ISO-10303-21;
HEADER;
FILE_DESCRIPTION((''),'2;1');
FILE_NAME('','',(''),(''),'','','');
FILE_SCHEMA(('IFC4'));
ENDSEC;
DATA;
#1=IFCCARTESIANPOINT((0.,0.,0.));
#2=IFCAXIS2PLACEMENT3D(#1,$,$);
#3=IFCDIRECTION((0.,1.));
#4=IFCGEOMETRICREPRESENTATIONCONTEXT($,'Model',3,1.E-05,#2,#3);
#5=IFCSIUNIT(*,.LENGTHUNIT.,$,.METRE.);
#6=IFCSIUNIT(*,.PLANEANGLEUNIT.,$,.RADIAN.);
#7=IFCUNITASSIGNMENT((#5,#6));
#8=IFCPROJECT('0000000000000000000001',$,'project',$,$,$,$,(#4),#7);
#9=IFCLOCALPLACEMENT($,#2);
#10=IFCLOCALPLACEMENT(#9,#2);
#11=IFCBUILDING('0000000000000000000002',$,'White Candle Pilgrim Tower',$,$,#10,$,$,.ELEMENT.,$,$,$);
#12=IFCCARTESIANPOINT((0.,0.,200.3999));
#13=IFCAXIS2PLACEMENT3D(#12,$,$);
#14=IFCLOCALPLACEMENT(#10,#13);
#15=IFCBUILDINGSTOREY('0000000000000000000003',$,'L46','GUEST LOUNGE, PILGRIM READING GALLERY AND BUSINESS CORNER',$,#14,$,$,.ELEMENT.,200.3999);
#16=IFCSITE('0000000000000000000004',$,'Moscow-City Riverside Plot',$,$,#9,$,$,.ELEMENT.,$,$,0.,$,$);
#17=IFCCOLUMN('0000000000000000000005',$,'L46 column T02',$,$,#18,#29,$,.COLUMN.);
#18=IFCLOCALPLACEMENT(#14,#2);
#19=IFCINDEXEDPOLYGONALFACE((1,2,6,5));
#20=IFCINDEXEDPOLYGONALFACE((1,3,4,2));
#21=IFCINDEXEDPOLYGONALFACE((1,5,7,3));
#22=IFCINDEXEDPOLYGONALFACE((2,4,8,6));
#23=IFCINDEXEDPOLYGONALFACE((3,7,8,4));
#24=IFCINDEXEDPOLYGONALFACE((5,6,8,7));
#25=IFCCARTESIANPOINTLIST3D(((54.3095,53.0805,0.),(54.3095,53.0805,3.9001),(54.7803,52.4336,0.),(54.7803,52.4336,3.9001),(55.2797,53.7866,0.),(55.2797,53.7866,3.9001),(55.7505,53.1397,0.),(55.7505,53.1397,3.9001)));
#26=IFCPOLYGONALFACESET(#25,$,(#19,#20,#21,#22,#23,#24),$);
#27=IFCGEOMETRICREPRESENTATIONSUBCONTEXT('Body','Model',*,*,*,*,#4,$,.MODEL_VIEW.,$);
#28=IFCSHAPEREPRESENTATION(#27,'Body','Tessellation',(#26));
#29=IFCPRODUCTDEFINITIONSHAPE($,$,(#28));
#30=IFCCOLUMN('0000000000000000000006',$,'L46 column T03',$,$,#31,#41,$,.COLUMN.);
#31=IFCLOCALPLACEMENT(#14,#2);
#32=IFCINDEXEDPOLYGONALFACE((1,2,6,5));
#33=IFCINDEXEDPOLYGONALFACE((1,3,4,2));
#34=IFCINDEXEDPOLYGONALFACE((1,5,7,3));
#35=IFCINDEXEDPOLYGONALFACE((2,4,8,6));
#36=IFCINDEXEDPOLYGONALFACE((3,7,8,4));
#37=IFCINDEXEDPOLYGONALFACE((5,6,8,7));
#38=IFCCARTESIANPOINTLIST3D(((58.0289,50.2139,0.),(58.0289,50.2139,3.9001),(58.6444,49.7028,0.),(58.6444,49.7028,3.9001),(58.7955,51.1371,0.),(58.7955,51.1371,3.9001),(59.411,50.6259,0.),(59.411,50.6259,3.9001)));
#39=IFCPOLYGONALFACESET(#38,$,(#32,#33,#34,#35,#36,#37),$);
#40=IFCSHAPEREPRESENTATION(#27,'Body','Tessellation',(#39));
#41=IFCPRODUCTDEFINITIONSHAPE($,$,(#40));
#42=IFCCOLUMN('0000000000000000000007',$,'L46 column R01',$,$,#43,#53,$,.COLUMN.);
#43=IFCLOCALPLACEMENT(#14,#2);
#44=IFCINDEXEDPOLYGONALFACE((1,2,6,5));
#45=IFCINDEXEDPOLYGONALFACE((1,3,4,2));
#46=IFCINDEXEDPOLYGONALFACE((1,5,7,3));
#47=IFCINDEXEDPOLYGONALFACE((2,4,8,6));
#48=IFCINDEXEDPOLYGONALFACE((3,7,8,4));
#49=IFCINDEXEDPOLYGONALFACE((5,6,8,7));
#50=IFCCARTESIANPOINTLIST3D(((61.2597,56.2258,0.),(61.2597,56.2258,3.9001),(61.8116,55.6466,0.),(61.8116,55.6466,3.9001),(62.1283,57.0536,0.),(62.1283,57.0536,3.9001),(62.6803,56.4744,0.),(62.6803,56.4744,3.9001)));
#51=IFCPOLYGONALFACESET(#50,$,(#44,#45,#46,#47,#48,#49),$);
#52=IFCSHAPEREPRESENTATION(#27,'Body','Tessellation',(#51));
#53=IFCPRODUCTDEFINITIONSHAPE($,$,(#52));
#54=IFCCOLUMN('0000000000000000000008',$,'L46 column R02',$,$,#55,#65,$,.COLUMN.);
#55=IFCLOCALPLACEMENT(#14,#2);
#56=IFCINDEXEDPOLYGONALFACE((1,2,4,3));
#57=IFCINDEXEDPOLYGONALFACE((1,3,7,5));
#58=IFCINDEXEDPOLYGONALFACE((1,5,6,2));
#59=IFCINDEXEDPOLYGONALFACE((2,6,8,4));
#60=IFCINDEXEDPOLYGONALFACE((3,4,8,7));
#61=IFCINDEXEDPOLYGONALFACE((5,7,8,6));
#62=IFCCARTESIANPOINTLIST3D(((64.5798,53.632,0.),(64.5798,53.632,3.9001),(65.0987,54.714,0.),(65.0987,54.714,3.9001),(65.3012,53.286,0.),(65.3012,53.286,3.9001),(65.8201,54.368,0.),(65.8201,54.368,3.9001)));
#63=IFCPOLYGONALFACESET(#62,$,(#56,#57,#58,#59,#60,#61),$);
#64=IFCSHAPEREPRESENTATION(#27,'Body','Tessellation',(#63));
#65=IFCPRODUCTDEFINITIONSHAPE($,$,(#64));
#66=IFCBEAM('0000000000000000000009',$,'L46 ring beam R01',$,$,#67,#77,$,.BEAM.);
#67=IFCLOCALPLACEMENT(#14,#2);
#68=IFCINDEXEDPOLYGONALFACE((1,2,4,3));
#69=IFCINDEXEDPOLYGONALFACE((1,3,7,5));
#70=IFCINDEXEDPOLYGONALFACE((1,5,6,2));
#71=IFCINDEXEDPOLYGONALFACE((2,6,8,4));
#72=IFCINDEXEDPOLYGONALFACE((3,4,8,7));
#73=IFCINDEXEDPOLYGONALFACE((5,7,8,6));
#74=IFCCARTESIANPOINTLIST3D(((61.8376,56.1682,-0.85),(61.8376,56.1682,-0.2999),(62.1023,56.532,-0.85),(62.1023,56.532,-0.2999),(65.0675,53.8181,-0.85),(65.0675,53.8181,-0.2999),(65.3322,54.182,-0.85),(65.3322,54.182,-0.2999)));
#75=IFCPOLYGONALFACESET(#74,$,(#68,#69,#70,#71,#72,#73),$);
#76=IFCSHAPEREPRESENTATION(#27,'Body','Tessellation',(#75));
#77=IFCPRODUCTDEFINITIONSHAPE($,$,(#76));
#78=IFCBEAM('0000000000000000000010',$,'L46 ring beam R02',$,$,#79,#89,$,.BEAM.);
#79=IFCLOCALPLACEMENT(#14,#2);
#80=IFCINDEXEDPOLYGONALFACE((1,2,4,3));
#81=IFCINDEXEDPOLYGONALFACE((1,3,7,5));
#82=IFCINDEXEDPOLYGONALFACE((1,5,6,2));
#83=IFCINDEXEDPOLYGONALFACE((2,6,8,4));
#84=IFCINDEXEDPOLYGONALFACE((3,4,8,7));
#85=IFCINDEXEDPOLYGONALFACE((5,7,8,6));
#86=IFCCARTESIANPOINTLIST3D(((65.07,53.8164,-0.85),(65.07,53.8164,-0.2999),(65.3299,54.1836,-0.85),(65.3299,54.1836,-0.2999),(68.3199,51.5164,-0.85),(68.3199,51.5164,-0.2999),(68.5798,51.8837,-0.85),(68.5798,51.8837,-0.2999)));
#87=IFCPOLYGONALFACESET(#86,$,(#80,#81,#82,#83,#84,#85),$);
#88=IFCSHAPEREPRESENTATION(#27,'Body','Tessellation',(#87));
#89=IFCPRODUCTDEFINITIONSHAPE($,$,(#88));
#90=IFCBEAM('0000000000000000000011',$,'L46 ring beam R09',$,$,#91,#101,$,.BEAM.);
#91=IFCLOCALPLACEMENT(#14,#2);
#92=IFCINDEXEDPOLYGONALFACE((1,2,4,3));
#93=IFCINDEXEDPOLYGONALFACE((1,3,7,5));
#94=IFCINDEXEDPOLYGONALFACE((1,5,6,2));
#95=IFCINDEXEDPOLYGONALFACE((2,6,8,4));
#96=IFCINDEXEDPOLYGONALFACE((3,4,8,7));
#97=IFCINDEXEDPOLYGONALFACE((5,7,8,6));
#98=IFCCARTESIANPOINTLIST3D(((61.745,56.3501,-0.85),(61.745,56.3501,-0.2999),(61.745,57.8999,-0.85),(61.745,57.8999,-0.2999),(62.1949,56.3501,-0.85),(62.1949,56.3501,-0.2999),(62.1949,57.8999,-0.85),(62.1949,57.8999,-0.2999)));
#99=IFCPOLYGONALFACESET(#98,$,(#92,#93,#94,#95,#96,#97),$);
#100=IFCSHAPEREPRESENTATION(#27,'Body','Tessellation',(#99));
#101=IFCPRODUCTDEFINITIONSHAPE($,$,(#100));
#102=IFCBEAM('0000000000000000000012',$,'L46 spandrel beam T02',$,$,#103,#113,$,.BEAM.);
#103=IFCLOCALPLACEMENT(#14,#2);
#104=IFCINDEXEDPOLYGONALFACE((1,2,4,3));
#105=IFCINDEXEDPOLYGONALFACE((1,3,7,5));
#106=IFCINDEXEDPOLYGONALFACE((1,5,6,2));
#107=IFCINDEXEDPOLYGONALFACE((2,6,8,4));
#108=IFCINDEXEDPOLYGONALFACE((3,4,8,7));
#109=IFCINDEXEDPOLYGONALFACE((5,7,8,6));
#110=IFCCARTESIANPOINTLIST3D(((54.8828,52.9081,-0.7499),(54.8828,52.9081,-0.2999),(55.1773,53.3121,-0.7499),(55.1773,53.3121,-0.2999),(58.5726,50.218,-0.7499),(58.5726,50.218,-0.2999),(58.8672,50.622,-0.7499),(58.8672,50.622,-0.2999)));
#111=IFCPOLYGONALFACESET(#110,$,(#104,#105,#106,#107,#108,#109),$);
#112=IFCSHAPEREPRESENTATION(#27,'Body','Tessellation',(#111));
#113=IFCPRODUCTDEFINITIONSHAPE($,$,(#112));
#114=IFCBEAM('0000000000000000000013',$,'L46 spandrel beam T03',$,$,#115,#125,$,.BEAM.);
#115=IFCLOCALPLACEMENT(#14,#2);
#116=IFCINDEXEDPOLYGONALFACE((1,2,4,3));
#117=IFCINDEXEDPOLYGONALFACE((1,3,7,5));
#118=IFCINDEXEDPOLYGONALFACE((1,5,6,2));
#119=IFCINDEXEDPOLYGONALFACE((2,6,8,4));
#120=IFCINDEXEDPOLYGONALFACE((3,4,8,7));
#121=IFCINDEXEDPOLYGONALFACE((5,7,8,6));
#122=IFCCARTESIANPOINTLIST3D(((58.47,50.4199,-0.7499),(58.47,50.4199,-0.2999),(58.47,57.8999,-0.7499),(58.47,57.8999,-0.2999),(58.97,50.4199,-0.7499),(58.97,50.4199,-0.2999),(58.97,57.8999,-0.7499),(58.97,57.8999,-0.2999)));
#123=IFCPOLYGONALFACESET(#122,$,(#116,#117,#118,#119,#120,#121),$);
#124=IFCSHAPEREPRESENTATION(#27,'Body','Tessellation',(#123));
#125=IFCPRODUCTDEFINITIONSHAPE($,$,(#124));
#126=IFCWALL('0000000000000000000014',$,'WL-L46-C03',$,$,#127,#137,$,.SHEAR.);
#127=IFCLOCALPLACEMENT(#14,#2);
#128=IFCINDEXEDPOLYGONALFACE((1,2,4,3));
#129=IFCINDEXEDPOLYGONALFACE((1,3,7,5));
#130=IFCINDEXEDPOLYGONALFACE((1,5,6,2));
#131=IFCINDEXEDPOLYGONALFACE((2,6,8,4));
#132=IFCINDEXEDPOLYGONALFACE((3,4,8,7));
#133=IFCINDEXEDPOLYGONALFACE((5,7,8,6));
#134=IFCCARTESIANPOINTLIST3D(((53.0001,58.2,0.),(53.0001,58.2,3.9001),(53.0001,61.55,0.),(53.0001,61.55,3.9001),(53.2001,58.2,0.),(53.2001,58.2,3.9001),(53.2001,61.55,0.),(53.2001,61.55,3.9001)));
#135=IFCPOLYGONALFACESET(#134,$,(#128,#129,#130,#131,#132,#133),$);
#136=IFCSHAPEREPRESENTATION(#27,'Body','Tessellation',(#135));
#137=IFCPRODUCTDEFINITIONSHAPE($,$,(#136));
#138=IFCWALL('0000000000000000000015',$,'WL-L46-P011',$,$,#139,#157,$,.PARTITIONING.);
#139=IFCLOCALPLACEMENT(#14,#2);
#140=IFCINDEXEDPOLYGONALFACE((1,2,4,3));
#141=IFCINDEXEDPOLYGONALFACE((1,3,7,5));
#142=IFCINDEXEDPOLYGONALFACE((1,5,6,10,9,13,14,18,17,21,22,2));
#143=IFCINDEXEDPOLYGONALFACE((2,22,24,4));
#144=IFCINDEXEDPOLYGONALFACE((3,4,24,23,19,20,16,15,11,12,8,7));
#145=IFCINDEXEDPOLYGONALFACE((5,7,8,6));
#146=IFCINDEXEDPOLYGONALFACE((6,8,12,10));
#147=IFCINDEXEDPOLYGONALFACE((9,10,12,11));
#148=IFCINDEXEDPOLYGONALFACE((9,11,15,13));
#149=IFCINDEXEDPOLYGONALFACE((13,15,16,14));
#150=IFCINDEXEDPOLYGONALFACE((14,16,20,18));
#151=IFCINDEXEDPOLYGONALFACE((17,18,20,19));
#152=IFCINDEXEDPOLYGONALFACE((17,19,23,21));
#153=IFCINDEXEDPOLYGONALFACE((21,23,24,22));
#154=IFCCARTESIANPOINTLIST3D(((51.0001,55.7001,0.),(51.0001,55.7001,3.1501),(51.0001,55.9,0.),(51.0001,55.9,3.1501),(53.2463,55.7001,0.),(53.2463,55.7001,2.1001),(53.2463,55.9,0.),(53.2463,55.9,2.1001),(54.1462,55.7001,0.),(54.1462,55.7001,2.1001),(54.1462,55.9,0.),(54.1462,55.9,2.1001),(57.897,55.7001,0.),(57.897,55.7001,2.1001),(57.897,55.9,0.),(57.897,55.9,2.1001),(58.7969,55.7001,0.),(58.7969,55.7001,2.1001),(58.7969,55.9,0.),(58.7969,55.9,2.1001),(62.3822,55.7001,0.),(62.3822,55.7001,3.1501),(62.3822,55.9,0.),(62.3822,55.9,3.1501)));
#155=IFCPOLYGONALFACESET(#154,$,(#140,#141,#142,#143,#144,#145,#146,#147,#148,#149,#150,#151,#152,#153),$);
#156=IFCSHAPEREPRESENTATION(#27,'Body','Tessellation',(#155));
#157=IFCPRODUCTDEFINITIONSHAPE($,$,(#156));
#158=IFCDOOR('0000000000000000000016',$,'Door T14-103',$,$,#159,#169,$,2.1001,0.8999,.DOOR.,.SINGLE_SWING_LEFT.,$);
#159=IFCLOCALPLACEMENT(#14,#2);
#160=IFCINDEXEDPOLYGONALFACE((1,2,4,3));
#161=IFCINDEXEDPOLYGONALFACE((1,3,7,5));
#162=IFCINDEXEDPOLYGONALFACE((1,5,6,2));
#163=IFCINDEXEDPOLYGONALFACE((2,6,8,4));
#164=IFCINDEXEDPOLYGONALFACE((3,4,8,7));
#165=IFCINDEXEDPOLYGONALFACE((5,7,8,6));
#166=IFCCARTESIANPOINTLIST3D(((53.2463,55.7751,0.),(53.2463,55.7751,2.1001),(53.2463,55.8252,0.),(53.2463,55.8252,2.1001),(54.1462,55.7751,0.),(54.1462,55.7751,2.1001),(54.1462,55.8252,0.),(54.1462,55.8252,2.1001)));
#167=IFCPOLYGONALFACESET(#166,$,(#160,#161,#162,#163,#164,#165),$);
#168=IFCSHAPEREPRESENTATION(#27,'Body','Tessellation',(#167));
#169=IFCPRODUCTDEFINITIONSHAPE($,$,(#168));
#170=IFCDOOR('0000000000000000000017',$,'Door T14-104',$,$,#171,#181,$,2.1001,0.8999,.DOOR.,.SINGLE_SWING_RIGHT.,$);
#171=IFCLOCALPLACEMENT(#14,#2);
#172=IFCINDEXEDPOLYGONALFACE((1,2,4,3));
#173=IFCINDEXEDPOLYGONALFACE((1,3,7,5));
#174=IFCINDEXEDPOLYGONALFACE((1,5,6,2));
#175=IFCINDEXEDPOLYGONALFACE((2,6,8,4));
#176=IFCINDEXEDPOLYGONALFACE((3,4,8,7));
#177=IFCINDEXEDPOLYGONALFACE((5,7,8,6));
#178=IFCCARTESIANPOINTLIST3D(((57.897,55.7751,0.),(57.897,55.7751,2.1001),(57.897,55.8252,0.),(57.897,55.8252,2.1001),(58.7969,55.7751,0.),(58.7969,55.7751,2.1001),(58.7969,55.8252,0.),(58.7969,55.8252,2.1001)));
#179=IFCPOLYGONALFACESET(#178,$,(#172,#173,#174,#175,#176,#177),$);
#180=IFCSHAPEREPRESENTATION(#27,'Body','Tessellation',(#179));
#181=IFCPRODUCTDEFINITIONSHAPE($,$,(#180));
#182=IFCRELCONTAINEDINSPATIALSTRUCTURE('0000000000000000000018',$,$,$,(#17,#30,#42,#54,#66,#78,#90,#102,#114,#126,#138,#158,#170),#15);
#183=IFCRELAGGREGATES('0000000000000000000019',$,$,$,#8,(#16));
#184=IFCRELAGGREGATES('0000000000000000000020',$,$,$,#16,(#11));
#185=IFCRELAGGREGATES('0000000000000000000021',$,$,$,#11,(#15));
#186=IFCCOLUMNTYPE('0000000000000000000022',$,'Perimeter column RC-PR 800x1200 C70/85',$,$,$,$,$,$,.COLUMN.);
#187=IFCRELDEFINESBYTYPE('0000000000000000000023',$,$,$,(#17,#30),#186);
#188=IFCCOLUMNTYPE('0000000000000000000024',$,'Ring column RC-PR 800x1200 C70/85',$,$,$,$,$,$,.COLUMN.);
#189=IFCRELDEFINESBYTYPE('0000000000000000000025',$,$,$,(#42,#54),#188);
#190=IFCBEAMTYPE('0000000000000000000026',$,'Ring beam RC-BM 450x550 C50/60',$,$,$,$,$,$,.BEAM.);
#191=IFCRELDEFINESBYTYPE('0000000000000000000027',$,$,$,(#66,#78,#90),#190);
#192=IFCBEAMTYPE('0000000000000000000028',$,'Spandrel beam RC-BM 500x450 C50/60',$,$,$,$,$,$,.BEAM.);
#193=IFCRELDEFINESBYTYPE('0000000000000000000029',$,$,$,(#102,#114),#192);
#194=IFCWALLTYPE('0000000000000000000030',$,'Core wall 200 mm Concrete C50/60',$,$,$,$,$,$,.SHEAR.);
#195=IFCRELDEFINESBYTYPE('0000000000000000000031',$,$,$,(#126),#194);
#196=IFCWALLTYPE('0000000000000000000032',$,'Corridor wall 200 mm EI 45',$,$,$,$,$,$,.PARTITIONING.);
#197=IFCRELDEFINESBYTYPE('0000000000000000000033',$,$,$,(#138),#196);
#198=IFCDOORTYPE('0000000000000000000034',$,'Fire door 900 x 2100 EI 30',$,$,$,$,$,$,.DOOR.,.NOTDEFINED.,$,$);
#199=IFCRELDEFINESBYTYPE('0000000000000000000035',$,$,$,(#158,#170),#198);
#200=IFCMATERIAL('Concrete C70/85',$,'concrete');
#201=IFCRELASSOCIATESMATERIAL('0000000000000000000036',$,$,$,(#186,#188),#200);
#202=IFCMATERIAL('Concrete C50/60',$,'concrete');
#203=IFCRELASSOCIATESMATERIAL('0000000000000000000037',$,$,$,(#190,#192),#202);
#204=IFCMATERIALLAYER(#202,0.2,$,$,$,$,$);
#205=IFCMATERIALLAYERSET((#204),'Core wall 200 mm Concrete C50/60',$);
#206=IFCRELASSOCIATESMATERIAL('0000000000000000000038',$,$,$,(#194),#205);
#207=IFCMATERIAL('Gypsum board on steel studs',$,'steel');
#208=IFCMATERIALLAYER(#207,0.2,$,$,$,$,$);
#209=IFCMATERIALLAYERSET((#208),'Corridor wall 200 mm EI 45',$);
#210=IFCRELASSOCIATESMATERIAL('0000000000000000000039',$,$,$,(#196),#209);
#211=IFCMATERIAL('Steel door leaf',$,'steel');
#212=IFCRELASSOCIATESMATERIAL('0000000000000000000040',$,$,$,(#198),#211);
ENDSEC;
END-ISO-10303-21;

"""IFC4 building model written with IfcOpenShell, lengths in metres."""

from ifc_helpers import new_model, si_unit, direction, frame, frame_2d, origin, origin_2d, place, context, subcontext, project, spatial, rectangle, extrude, material, layer, layer_set, material_profile, profile_set, type_object, element, fill, save


model = new_model("IFC4")

# Units and contexts
model_context = context("Model", 3, precision=1e-05, world=origin(), true_north=direction((0.0, 1.0)))
body_context = subcontext(model_context, "Body", "Model", "MODEL_VIEW")
ifc_project = project(units=[si_unit("LENGTHUNIT", "METRE"), si_unit("PLANEANGLEUNIT", "RADIAN")], contexts=[model_context])

# Site, building, storey
site_placement = place(None, origin())
site = spatial("IfcSite", under=ifc_project, at=site_placement, Name="Moscow-City Riverside Plot", CompositionType="ELEMENT", RefElevation=0.0)
building_placement = place(site_placement, origin())
building = spatial("IfcBuilding", under=site, at=building_placement, Name="White Candle Pilgrim Tower", CompositionType="ELEMENT")
storey_placement = place(building_placement, frame((0.0, 0.0, 200.3999)))
storey = spatial("IfcBuildingStorey", under=building, at=storey_placement, Name="L46", Description="GUEST LOUNGE, PILGRIM READING GALLERY AND BUSINESS CORNER", CompositionType="ELEMENT", Elevation=200.3999)

# Columns
ifc_material_1 = material(Name="Concrete C70/85", Category="concrete")
ifc_material_profile_1 = material_profile(ifc_material_1, rectangle(XDim=0.8, YDim=1.2, at=origin_2d()), Name="RC-PR 800x1200")
ifc_profile_set_1 = profile_set([ifc_material_profile_1], Name="Concrete C70/85")
column_type_1 = type_object("IfcColumnType", Name="Perimeter column RC-PR 800x1200 C70/85", PredefinedType="COLUMN", material=ifc_profile_set_1)
for number, where, z_axis, x_axis, name in (
    (1, (55.03, 53.1101, 0.0), (0.0, 0.0, 1.0), (-0.588463, 0.808524, 0.0), "L46 column T02"),
    (2, (58.72, 50.4199, 0.0), (0.0, 0.0, 1.0), (-0.76931, 0.638875, 0.0), "L46 column T03"),
):
    element("IfcColumn", number, at=place(storey_placement, frame(where, z_axis=z_axis, x_axis=x_axis)), inside=storey, type_object=column_type_1, Name=name, PredefinedType="COLUMN", context=body_context, shape_type="SweptSolid", body=[
        extrude(rectangle(XDim=0.8, YDim=1.2, at=origin_2d()), origin(), (0.0, 0.0, 1.0), 3.9001),
    ])
ifc_material_profile_2 = material_profile(ifc_material_1, rectangle(XDim=0.8, YDim=1.2, at=origin_2d()), Name="RC-PR 800x1200")
ifc_profile_set_2 = profile_set([ifc_material_profile_2], Name="Concrete C70/85")
column_type_2 = type_object("IfcColumnType", Name="Ring column RC-PR 800x1200 C70/85", PredefinedType="COLUMN", material=ifc_profile_set_2)
for number, where, z_axis, x_axis, name in (
    (3, (61.97, 56.3501, 0.0), (0.0, 0.0, 1.0), (-0.689872, 0.723931, 0.0), "L46 column R01"),
    (4, (65.2, 54.0, 0.0), (0.0, 0.0, 1.0), (-0.901689, 0.432385, 0.0), "L46 column R02"),
):
    element("IfcColumn", number, at=place(storey_placement, frame(where, z_axis=z_axis, x_axis=x_axis)), inside=storey, type_object=column_type_2, Name=name, PredefinedType="COLUMN", context=body_context, shape_type="SweptSolid", body=[
        extrude(rectangle(XDim=0.8, YDim=1.2, at=origin_2d()), origin(), (0.0, 0.0, 1.0), 3.9001),
    ])

# Beams
ifc_material_2 = material(Name="Concrete C50/60", Category="concrete")
ifc_material_profile_3 = material_profile(ifc_material_2, rectangle(XDim=0.45, YDim=0.55, at=origin_2d()), Name="RC-BM 450x550")
ifc_profile_set_3 = profile_set([ifc_material_profile_3], Name="Concrete C50/60")
beam_type_1 = type_object("IfcBeamType", Name="Ring beam RC-BM 450x550 C50/60", PredefinedType="BEAM", material=ifc_profile_set_3)
beam_1_placement = place(storey_placement, frame((61.97, 56.3501, -0.575), z_axis=(0.808614, -0.588339, 0.0), x_axis=(0.588339, 0.808614, 0.0)))
element("IfcBeam", 5, at=beam_1_placement, inside=storey, type_object=beam_type_1, Name="L46 ring beam R01", PredefinedType="BEAM", context=body_context, shape_type="SweptSolid", body=[
    extrude(rectangle(XDim=0.45, YDim=0.55, at=origin_2d()), origin(), (0.0, 0.0, 1.0), 3.9944),
])
beam_2_placement = place(storey_placement, frame((65.2, 54.0, -0.575), z_axis=(0.816265, -0.577677, 0.0), x_axis=(0.577677, 0.816265, 0.0)))
element("IfcBeam", 6, at=beam_2_placement, inside=storey, type_object=beam_type_1, Name="L46 ring beam R02", PredefinedType="BEAM", context=body_context, shape_type="SweptSolid", body=[
    extrude(rectangle(XDim=0.45, YDim=0.55, at=origin_2d()), origin(), (0.0, 0.0, 1.0), 3.9814),
])
beam_3_placement = place(storey_placement, frame((61.97, 56.3501, -0.575), z_axis=(0.0, 1.0, 0.0), x_axis=(-1.0, 0.0, 0.0)))
element("IfcBeam", 7, at=beam_3_placement, inside=storey, type_object=beam_type_1, Name="L46 ring beam R09", PredefinedType="BEAM", context=body_context, shape_type="SweptSolid", body=[
    extrude(rectangle(XDim=0.45, YDim=0.55, at=origin_2d()), origin(), (0.0, 0.0, 1.0), 1.5498),
])
ifc_material_profile_4 = material_profile(ifc_material_2, rectangle(XDim=0.5, YDim=0.45, at=origin_2d()), Name="RC-BM 500x450")
ifc_profile_set_4 = profile_set([ifc_material_profile_4], Name="Concrete C50/60")
beam_type_2 = type_object("IfcBeamType", Name="Spandrel beam RC-BM 500x450 C50/60", PredefinedType="BEAM", material=ifc_profile_set_4)
beam_4_placement = place(storey_placement, frame((55.03, 53.1101, -0.5249), z_axis=(0.808049, -0.589115, 0.0), x_axis=(0.589115, 0.808049, 0.0)))
element("IfcBeam", 8, at=beam_4_placement, inside=storey, type_object=beam_type_2, Name="L46 spandrel beam T02", PredefinedType="BEAM", context=body_context, shape_type="SweptSolid", body=[
    extrude(rectangle(XDim=0.5, YDim=0.45, at=origin_2d()), origin(), (0.0, 0.0, 1.0), 4.5664),
])
beam_5_placement = place(storey_placement, frame((58.72, 50.4199, -0.5249), z_axis=(0.0, 1.0, 0.0), x_axis=(-1.0, 0.0, 0.0)))
element("IfcBeam", 9, at=beam_5_placement, inside=storey, type_object=beam_type_2, Name="L46 spandrel beam T03", PredefinedType="BEAM", context=body_context, shape_type="SweptSolid", body=[
    extrude(rectangle(XDim=0.5, YDim=0.45, at=origin_2d()), origin(), (0.0, 0.0, 1.0), 7.48),
])

# Wall
ifc_layer_1 = layer(ifc_material_2, 0.2)
ifc_layer_set_1 = layer_set([ifc_layer_1], Name="Core wall 200 mm Concrete C50/60")
wall_type_1 = type_object("IfcWallType", Name="Core wall 200 mm Concrete C50/60", PredefinedType="SHEAR", material=ifc_layer_set_1)
wall_1_placement = place(storey_placement, frame((53.1001, 58.2, 0.0), z_axis=(0.0, 0.0, 1.0), x_axis=(0.0, 1.0, 0.0)))
element("IfcWall", 10, at=wall_1_placement, inside=storey, type_object=wall_type_1, Name="WL-L46-C03", PredefinedType="SHEAR", context=body_context, shape_type="SweptSolid", body=[
    extrude(rectangle(XDim=3.3501, YDim=0.2, at=frame_2d((1.675, 0.0))), origin(), (0.0, 0.0, 1.0), 3.9001),
])

# Wall, openings, doors
ifc_material_3 = material(Name="Gypsum board on steel studs", Category="steel")
ifc_layer_2 = layer(ifc_material_3, 0.2)
ifc_layer_set_2 = layer_set([ifc_layer_2], Name="Corridor wall 200 mm EI 45")
wall_type_2 = type_object("IfcWallType", Name="Corridor wall 200 mm EI 45", PredefinedType="PARTITIONING", material=ifc_layer_set_2)
wall_2_placement = place(storey_placement, frame((62.3821, 55.8, 0.0), z_axis=(0.0, 0.0, 1.0), x_axis=(-1.0, 0.0, 0.0)))
wall_2 = element("IfcWall", 11, at=wall_2_placement, inside=storey, type_object=wall_type_2, Name="WL-L46-P011", PredefinedType="PARTITIONING", context=body_context, shape_type="SweptSolid", body=[
    extrude(rectangle(XDim=11.3821, YDim=0.2, at=frame_2d((5.6909, 0.0))), origin(), (0.0, 0.0, 1.0), 3.1501),
])
opening_1_placement = place(wall_2_placement, frame((8.2358, 0.0, 0.0)))
opening_1 = element("IfcOpeningElement", 12, at=opening_1_placement, cuts=wall_2, PredefinedType="OPENING", context=body_context, shape_type="SweptSolid", body=[
    extrude(rectangle(XDim=0.8999, YDim=2.1001, at=frame_2d((0.45, 1.05))), frame((0.0, 0.1099, 0.0), z_axis=(0.0, -1.0, 0.0), x_axis=(1.0, 0.0, 0.0)), (0.0, 0.0, 1.0), 0.22),
])
opening_2_placement = place(wall_2_placement, frame((3.5852, 0.0, 0.0)))
opening_2 = element("IfcOpeningElement", 13, at=opening_2_placement, cuts=wall_2, PredefinedType="OPENING", context=body_context, shape_type="SweptSolid", body=[
    extrude(rectangle(XDim=0.8999, YDim=2.1001, at=frame_2d((0.45, 1.05))), frame((0.0, 0.1099, 0.0), z_axis=(0.0, -1.0, 0.0), x_axis=(1.0, 0.0, 0.0)), (0.0, 0.0, 1.0), 0.22),
])
ifc_material_4 = material(Name="Steel door leaf", Category="steel")
door_type_1 = type_object("IfcDoorType", Name="Fire door 900 x 2100 EI 30", OperationType="NOTDEFINED", PredefinedType="DOOR", material=ifc_material_4)
door_1_placement = place(opening_1_placement, origin())
door_1 = element("IfcDoor", 14, at=door_1_placement, inside=storey, type_object=door_type_1, Name="Door T14-103", OperationType="SINGLE_SWING_LEFT", OverallHeight=2.1001, OverallWidth=0.8999, PredefinedType="DOOR", context=body_context, shape_type="SweptSolid", body=[
    extrude(rectangle(XDim=0.8999, YDim=2.1001, at=frame_2d((0.45, 1.05))), frame((0.0, 0.0249, 0.0), z_axis=(0.0, -1.0, 0.0), x_axis=(1.0, 0.0, 0.0)), (0.0, 0.0, 1.0), 0.05),
])
fill(opening_1, door_1)
door_2_placement = place(opening_2_placement, origin())
door_2 = element("IfcDoor", 15, at=door_2_placement, inside=storey, type_object=door_type_1, Name="Door T14-104", OperationType="SINGLE_SWING_RIGHT", OverallHeight=2.1001, OverallWidth=0.8999, PredefinedType="DOOR", context=body_context, shape_type="SweptSolid", body=[
    extrude(rectangle(XDim=0.8999, YDim=2.1001, at=frame_2d((0.45, 1.05))), frame((0.0, 0.0249, 0.0), z_axis=(0.0, -1.0, 0.0), x_axis=(1.0, 0.0, 0.0)), (0.0, 0.0, 1.0), 0.05),
])
fill(opening_2, door_2)

save(model, "model.ifc")
